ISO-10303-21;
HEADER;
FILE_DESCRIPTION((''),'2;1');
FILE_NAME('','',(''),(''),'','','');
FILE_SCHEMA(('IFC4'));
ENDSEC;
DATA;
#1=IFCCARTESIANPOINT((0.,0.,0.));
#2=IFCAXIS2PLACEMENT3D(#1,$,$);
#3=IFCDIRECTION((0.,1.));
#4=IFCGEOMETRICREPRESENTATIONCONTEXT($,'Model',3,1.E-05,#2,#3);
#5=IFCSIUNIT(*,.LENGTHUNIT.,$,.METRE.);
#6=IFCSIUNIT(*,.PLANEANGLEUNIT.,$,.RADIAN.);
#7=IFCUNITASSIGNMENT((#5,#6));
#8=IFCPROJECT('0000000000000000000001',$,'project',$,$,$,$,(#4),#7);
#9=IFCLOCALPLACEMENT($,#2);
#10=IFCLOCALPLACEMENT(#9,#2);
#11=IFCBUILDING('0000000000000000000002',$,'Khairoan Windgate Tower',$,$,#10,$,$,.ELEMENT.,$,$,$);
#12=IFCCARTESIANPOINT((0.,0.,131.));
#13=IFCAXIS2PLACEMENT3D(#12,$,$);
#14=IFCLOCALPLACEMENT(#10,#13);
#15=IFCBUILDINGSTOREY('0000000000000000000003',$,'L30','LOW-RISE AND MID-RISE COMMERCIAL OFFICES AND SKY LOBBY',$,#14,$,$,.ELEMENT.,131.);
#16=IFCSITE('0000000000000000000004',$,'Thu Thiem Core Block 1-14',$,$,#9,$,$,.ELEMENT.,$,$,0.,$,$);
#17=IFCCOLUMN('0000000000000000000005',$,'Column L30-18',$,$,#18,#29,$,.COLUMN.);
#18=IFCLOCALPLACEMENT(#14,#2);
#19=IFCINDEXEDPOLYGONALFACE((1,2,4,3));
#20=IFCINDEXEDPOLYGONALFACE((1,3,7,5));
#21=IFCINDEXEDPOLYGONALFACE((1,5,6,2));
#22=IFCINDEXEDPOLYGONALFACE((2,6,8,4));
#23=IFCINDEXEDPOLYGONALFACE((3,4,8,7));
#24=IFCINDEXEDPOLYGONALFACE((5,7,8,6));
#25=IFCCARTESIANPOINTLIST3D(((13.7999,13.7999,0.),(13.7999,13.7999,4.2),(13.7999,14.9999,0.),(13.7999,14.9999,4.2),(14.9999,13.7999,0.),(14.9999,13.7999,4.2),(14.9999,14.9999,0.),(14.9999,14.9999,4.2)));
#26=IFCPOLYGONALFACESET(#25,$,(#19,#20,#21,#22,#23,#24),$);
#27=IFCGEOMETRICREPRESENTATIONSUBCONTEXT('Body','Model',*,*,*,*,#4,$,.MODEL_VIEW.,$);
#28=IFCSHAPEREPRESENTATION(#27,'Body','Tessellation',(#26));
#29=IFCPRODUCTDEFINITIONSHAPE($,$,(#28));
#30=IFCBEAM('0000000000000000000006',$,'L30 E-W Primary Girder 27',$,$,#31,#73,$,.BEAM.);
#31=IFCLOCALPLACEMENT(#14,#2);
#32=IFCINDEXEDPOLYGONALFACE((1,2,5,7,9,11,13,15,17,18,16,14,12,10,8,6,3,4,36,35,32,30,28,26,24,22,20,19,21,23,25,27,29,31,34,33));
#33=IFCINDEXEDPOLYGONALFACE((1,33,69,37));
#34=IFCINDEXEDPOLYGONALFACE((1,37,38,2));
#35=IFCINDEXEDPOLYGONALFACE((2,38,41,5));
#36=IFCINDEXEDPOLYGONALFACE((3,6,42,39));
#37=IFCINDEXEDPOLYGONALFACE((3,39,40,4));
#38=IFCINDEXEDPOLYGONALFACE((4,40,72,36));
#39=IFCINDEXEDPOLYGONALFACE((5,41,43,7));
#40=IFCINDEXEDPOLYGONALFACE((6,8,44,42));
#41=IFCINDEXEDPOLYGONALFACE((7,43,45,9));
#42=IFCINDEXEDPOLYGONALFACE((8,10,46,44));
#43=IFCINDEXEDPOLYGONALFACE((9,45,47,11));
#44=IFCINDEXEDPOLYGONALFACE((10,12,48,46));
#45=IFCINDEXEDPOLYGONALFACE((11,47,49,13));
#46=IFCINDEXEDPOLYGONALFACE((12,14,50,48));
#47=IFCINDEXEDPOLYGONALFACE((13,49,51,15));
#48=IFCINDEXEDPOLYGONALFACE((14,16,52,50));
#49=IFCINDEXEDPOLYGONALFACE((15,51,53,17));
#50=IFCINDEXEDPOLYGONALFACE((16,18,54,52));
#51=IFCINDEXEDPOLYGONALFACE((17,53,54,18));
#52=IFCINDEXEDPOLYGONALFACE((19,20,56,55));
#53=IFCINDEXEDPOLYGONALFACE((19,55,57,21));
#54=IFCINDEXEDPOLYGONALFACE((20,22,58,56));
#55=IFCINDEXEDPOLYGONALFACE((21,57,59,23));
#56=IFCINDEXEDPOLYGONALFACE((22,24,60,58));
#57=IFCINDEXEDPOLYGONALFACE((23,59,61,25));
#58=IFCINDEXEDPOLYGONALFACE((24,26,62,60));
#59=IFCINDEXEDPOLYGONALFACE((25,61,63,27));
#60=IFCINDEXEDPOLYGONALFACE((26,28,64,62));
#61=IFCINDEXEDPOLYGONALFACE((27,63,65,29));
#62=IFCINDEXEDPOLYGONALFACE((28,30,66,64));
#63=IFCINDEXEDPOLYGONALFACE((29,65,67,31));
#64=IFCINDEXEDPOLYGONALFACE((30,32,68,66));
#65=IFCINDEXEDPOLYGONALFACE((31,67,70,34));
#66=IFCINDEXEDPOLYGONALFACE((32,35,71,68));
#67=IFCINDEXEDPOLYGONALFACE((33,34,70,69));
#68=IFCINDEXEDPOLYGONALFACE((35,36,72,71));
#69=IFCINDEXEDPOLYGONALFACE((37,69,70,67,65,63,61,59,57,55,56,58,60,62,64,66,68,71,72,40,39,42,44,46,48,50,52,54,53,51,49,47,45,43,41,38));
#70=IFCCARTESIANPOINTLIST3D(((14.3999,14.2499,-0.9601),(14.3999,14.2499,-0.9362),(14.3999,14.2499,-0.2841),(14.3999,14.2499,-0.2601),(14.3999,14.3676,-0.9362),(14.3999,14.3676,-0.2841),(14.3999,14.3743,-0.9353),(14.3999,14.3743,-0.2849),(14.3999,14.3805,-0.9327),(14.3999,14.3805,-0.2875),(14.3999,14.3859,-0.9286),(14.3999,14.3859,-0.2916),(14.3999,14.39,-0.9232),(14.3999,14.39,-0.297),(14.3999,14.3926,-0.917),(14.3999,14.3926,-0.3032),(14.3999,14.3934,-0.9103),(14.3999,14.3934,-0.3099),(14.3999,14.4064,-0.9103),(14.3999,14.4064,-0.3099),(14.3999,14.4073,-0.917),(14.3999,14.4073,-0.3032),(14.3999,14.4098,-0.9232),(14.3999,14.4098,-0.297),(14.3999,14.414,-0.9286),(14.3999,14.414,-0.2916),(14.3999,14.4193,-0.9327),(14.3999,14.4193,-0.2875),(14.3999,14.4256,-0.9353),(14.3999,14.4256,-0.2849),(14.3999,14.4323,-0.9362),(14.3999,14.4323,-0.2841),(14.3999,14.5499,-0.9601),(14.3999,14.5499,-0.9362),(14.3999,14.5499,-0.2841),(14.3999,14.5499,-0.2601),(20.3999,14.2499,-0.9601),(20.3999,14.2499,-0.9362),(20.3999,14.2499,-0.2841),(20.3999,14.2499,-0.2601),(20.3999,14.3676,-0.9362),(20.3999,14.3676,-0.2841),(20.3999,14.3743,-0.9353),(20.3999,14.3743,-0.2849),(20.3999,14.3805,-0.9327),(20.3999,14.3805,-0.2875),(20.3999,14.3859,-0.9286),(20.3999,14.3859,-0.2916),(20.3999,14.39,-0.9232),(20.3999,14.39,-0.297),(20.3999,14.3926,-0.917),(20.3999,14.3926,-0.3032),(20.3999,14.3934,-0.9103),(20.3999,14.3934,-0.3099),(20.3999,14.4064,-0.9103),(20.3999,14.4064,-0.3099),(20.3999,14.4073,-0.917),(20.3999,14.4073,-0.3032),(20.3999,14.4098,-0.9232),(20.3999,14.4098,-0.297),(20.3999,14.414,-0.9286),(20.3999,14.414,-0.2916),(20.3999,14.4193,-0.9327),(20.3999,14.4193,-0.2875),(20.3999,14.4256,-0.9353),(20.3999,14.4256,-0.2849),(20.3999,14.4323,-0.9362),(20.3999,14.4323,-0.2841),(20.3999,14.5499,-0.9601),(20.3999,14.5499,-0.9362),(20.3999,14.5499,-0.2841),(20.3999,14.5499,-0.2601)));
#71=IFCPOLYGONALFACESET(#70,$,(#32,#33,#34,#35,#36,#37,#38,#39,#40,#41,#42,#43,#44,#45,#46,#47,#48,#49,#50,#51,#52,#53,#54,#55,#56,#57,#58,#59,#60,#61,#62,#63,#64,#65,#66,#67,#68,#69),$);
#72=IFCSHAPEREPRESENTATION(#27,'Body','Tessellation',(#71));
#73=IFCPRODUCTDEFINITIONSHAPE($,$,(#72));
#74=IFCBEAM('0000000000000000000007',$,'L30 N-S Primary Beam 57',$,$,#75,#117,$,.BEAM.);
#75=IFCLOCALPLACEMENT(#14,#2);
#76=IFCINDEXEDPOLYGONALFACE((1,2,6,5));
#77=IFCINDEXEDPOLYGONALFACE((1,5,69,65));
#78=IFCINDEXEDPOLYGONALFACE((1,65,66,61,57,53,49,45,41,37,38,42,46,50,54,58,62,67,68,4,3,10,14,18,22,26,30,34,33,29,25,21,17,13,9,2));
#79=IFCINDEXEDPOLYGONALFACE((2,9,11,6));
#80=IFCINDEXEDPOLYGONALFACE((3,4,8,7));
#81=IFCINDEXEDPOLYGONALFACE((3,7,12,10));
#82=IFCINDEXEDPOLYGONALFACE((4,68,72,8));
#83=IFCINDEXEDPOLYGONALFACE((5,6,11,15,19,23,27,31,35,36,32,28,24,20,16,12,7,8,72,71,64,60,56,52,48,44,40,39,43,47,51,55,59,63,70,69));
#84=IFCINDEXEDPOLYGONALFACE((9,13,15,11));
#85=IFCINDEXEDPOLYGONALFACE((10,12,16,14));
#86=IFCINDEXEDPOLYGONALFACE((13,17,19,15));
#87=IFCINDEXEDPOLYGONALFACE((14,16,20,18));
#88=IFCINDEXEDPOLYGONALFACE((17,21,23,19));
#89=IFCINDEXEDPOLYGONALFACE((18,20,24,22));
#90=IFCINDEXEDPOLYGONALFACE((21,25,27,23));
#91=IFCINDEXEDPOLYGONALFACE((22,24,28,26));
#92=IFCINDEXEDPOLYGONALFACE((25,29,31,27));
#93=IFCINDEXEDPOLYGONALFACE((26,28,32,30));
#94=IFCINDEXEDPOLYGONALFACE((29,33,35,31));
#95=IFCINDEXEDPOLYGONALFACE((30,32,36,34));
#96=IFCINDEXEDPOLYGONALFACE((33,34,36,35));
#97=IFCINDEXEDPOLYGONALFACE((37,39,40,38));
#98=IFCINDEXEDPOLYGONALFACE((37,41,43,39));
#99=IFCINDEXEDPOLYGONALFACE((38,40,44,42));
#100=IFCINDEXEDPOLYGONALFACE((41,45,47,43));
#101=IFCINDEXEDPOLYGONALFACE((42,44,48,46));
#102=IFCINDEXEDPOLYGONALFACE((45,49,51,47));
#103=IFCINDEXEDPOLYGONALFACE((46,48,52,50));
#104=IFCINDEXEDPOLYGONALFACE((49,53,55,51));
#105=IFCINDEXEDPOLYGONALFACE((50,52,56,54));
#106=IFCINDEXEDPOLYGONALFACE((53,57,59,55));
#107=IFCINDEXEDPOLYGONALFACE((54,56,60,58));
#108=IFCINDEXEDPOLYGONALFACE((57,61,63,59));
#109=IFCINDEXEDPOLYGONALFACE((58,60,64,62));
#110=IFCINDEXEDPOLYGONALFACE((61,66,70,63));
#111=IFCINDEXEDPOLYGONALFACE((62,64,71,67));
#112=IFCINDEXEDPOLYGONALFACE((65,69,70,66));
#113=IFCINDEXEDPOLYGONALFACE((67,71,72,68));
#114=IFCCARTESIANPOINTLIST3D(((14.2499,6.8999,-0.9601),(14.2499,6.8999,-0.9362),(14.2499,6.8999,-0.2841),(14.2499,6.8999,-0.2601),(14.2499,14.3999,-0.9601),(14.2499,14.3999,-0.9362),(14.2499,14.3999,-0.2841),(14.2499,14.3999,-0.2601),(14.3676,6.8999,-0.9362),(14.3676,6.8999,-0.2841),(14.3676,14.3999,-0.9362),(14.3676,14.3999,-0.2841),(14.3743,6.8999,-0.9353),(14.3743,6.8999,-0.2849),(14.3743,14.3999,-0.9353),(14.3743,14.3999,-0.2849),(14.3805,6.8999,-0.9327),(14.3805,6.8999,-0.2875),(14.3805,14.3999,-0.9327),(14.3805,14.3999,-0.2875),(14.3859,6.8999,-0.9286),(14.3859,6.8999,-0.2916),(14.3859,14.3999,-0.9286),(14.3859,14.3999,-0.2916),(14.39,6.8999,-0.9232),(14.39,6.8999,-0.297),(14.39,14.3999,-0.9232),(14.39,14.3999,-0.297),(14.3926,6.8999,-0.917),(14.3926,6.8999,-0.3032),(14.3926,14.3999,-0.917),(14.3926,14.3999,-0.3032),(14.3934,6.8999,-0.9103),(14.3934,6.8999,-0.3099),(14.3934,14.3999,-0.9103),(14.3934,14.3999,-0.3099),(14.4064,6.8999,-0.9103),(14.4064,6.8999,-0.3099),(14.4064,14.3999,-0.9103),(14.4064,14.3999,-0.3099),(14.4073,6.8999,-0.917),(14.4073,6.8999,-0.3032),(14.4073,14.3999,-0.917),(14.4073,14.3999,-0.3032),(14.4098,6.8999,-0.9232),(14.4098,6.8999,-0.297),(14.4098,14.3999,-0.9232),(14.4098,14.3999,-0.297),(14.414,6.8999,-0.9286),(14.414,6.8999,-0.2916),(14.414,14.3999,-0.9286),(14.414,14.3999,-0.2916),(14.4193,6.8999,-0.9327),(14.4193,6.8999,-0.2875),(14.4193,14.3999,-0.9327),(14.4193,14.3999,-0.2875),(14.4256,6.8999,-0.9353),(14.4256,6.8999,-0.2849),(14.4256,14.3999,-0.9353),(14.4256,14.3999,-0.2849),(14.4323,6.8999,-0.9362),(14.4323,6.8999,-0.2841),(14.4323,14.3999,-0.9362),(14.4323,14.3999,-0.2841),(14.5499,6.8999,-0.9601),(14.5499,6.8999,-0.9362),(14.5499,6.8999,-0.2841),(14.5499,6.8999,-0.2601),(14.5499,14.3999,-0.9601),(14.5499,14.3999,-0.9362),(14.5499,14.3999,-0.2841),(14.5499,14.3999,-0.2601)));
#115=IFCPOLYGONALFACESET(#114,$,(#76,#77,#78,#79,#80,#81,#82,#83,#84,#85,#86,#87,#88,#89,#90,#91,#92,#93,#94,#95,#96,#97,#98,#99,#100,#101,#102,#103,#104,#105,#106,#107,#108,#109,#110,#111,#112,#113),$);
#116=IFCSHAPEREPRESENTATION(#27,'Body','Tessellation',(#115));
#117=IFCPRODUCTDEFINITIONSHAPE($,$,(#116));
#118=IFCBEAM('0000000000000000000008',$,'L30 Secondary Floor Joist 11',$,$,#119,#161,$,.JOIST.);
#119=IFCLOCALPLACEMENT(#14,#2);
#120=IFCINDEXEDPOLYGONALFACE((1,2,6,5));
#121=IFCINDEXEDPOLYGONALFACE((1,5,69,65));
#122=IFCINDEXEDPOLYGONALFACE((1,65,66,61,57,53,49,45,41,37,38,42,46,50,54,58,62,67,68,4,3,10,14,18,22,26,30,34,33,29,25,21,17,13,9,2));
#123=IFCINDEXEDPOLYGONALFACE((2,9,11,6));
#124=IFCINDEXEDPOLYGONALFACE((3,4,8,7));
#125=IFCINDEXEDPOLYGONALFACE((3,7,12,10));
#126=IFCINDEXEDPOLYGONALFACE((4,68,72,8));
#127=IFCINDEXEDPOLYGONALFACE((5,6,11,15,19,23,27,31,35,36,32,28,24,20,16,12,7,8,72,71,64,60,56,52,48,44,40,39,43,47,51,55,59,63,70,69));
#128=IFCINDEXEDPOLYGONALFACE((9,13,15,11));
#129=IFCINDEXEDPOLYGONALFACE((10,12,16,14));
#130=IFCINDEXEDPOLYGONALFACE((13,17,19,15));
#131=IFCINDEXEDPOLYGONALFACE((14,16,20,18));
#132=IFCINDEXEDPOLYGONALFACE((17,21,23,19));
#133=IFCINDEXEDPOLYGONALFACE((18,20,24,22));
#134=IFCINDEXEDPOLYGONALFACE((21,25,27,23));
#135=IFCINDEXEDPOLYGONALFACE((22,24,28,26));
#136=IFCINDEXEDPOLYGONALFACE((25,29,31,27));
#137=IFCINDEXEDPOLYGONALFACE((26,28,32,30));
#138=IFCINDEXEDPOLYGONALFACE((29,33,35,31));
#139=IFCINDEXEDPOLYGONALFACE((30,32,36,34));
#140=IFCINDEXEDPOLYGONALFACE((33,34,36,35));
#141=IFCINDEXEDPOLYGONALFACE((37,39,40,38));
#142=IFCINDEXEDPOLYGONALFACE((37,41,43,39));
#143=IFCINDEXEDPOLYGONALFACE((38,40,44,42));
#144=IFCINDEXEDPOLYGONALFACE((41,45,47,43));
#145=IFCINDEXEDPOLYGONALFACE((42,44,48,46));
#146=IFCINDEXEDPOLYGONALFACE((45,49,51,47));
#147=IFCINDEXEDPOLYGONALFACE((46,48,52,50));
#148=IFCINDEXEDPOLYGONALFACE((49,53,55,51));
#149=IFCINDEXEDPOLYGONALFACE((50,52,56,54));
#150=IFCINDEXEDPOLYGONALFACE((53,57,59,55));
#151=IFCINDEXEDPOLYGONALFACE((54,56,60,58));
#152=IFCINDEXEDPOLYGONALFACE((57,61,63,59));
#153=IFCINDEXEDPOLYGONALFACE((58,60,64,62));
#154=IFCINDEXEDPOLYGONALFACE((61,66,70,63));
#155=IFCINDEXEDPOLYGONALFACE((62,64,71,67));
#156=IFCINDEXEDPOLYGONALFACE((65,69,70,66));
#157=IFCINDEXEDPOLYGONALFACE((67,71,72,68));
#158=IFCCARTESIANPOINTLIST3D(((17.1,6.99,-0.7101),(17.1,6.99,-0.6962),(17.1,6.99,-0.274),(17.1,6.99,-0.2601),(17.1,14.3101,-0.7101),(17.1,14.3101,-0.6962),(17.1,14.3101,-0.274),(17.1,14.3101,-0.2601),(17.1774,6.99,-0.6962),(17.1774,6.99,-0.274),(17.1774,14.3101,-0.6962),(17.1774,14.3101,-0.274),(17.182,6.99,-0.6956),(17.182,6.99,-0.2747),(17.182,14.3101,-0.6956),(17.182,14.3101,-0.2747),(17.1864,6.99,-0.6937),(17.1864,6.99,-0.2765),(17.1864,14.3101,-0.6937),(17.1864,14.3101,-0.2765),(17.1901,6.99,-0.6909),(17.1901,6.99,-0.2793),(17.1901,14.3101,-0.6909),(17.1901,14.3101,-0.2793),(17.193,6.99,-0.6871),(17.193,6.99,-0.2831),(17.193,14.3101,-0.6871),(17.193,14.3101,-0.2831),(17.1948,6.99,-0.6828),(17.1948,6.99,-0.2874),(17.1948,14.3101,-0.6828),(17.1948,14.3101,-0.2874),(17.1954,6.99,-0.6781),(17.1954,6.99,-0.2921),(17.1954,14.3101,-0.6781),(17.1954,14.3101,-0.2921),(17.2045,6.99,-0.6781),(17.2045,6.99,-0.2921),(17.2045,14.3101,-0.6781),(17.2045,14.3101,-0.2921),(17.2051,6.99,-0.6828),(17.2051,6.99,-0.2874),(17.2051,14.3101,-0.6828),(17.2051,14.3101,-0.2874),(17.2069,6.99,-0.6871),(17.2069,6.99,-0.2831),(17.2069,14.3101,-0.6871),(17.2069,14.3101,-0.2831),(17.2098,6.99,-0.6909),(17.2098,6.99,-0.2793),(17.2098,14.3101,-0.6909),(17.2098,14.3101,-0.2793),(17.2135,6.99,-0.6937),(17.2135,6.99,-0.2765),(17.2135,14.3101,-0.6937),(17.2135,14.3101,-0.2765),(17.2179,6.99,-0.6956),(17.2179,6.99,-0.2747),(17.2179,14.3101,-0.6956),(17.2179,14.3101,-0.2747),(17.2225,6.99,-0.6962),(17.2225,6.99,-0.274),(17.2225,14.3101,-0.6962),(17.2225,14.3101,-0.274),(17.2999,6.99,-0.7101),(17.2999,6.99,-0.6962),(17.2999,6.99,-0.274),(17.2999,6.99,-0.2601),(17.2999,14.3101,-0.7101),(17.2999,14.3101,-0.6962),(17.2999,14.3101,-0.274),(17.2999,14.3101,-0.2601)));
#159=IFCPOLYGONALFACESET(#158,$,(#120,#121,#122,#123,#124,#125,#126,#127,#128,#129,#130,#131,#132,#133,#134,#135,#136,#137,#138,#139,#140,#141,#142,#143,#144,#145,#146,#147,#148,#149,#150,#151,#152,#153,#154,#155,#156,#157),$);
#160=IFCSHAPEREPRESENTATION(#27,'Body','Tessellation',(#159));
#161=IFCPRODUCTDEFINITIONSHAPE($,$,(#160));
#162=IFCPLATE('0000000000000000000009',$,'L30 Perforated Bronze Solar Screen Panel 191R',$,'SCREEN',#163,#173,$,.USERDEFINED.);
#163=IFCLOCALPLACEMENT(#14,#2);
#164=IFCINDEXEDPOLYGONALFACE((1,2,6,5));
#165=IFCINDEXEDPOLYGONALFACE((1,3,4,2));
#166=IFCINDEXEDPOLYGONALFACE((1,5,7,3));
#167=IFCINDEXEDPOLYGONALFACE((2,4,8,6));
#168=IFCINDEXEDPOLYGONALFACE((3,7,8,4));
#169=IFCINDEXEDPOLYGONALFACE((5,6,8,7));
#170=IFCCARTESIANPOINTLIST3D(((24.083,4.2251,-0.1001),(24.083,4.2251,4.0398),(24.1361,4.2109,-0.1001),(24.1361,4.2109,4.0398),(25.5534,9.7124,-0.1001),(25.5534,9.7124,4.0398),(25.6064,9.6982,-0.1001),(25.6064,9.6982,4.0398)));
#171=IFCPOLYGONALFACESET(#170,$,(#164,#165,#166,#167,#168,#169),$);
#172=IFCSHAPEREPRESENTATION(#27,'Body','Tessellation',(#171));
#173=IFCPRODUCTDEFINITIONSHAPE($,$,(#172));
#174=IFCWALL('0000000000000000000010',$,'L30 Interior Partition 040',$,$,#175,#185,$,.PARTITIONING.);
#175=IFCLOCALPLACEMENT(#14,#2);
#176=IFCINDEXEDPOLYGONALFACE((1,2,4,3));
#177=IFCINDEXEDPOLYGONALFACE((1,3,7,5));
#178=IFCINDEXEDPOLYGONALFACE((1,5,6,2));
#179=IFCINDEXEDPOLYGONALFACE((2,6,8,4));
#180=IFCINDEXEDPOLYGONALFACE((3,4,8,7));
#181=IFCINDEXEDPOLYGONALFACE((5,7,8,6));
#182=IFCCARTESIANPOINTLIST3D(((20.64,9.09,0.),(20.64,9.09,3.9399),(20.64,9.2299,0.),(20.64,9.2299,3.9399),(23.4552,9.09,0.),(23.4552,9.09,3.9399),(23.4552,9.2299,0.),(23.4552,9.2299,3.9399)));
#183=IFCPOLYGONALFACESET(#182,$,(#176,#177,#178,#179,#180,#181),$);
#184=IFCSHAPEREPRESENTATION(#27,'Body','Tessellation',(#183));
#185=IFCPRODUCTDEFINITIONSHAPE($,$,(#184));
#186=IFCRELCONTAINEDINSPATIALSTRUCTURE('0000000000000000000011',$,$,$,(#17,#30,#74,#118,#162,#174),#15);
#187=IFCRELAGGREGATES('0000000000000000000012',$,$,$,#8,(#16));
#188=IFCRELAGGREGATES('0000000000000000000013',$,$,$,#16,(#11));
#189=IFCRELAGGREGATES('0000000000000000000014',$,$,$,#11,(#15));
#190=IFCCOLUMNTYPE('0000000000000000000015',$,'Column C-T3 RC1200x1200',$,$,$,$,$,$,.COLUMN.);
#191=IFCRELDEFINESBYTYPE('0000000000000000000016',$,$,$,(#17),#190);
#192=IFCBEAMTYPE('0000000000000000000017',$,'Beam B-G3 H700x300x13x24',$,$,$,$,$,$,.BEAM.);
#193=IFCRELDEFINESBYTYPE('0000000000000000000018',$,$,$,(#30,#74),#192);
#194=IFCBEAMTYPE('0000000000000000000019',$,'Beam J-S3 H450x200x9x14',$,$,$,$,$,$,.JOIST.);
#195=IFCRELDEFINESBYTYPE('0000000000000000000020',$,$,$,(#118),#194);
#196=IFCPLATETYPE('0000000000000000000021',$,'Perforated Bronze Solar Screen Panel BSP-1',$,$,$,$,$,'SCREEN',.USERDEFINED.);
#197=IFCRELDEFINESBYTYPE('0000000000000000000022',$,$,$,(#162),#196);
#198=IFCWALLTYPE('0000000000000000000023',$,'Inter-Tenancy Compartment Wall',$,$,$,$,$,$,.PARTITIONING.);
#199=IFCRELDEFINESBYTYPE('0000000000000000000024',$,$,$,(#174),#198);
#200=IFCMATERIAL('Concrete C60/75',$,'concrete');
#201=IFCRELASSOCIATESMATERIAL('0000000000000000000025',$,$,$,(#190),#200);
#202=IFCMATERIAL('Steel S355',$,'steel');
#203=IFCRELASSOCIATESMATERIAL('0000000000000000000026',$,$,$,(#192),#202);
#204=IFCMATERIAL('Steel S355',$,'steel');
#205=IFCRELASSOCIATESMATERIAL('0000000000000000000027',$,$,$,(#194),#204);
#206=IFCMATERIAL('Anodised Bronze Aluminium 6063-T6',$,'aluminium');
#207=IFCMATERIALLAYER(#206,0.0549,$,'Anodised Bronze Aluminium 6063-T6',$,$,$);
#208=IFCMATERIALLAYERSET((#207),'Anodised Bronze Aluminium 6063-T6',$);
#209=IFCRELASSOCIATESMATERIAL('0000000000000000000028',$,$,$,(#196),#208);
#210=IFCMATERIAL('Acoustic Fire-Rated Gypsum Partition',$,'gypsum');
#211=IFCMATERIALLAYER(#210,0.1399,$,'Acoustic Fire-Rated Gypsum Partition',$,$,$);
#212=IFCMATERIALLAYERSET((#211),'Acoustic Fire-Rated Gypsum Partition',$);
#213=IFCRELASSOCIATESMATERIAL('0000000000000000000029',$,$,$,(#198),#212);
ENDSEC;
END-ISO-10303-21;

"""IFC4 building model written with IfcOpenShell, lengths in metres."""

from ifc_helpers import new_model, si_unit, direction, frame, frame_2d, origin, origin_2d, place, context, subcontext, project, spatial, rectangle, i_section, extrude, material, layer, layer_set, material_profile, profile_set, type_object, element, save


model = new_model("IFC4")

# Units and contexts
model_context = context("Model", 3, precision=1e-05, world=origin(), true_north=direction((0.0, 1.0)))
body_context = subcontext(model_context, "Body", "Model", "MODEL_VIEW")
ifc_project = project(units=[si_unit("LENGTHUNIT", "METRE"), si_unit("PLANEANGLEUNIT", "RADIAN")], contexts=[model_context])

# Site, building, storey
site_placement = place(None, origin())
site = spatial("IfcSite", under=ifc_project, at=site_placement, Name="Thu Thiem Core Block 1-14", CompositionType="ELEMENT", RefElevation=0.0)
building_placement = place(site_placement, origin())
building = spatial("IfcBuilding", under=site, at=building_placement, Name="Khairoan Windgate Tower", CompositionType="ELEMENT")
storey_placement = place(building_placement, frame((0.0, 0.0, 131.0)))
storey = spatial("IfcBuildingStorey", under=building, at=storey_placement, Name="L30", Description="LOW-RISE AND MID-RISE COMMERCIAL OFFICES AND SKY LOBBY", CompositionType="ELEMENT", Elevation=131.0)

# Column
ifc_material_1 = material(Name="Concrete C60/75", Category="concrete")
ifc_material_profile_1 = material_profile(ifc_material_1, rectangle(XDim=1.2, YDim=1.2, at=origin_2d()))
ifc_profile_set_1 = profile_set([ifc_material_profile_1], Name="Concrete C60/75")
column_type = type_object("IfcColumnType", Name="Column C-T3 RC1200x1200", PredefinedType="COLUMN", material=ifc_profile_set_1)
column_placement = place(storey_placement, frame((14.3999, 14.3999, 0.0), z_axis=(0.0, 0.0, 1.0), x_axis=(1.0, 0.0, 0.0)))
element("IfcColumn", 1, at=column_placement, inside=storey, type_object=column_type, Name="Column L30-18", PredefinedType="COLUMN", context=body_context, shape_type="SweptSolid", body=[
    extrude(rectangle(XDim=1.2, YDim=1.2, at=origin_2d()), origin(), (0.0, 0.0, 1.0), 4.2),
])

# Beams
ifc_material_2 = material(Name="Steel S355", Category="steel")
ifc_material_profile_2 = material_profile(ifc_material_2, i_section(OverallWidth=0.3, OverallDepth=0.7, WebThickness=0.0129, FlangeThickness=0.0239, FilletRadius=0.0259, at=origin_2d()))
ifc_profile_set_2 = profile_set([ifc_material_profile_2], Name="Steel S355")
beam_type_1 = type_object("IfcBeamType", Name="Beam B-G3 H700x300x13x24", PredefinedType="BEAM", material=ifc_profile_set_2)
beam_1_placement = place(storey_placement, frame((14.3999, 14.3999, -0.6101), z_axis=(1.0, 0.0, 0.0), x_axis=(0.0, 1.0, 0.0)))
element("IfcBeam", 2, at=beam_1_placement, inside=storey, type_object=beam_type_1, Name="L30 E-W Primary Girder 27", PredefinedType="BEAM", context=body_context, shape_type="SweptSolid", body=[
    extrude(i_section(OverallWidth=0.3, OverallDepth=0.7, WebThickness=0.0129, FlangeThickness=0.0239, FilletRadius=0.0259, at=origin_2d()), origin(), (0.0, 0.0, 1.0), 6.0),
])
beam_2_placement = place(storey_placement, frame((14.3999, 6.8999, -0.6101), z_axis=(0.0, 1.0, 0.0), x_axis=(-1.0, 0.0, 0.0)))
element("IfcBeam", 3, at=beam_2_placement, inside=storey, type_object=beam_type_1, Name="L30 N-S Primary Beam 57", PredefinedType="BEAM", context=body_context, shape_type="SweptSolid", body=[
    extrude(i_section(OverallWidth=0.3, OverallDepth=0.7, WebThickness=0.0129, FlangeThickness=0.0239, FilletRadius=0.0259, at=origin_2d()), origin(), (0.0, 0.0, 1.0), 7.5),
])
ifc_material_3 = material(Name="Steel S355", Category="steel")
ifc_material_profile_3 = material_profile(ifc_material_3, i_section(OverallWidth=0.2, OverallDepth=0.45, WebThickness=0.009, FlangeThickness=0.0139, FilletRadius=0.0181, at=origin_2d()))
ifc_profile_set_3 = profile_set([ifc_material_profile_3], Name="Steel S355")
beam_type_2 = type_object("IfcBeamType", Name="Beam J-S3 H450x200x9x14", PredefinedType="JOIST", material=ifc_profile_set_3)
beam_3_placement = place(storey_placement, frame((17.2, 6.99, -0.4851), z_axis=(0.0, 1.0, 0.0), x_axis=(-1.0, 0.0, 0.0)))
element("IfcBeam", 4, at=beam_3_placement, inside=storey, type_object=beam_type_2, Name="L30 Secondary Floor Joist 11", PredefinedType="JOIST", context=body_context, shape_type="SweptSolid", body=[
    extrude(i_section(OverallWidth=0.2, OverallDepth=0.45, WebThickness=0.009, FlangeThickness=0.0139, FilletRadius=0.0181, at=origin_2d()), origin(), (0.0, 0.0, 1.0), 7.3201),
])

# Plate
ifc_material_4 = material(Name="Anodised Bronze Aluminium 6063-T6", Category="aluminium")
ifc_layer_1 = layer(ifc_material_4, 0.0549, Name="Anodised Bronze Aluminium 6063-T6")
ifc_layer_set_1 = layer_set([ifc_layer_1], Name="Anodised Bronze Aluminium 6063-T6")
plate_type = type_object("IfcPlateType", Name="Perforated Bronze Solar Screen Panel BSP-1", ElementType="SCREEN", PredefinedType="USERDEFINED", material=ifc_layer_set_1)
plate_placement = place(storey_placement, frame((24.8447, 6.9617, -0.1001), z_axis=(0.0, 0.0, 1.0), x_axis=(-0.258819, -0.965926, 0.0)))
element("IfcPlate", 5, at=plate_placement, inside=storey, type_object=plate_type, Name="L30 Perforated Bronze Solar Screen Panel 191R", ObjectType="SCREEN", PredefinedType="USERDEFINED", context=body_context, shape_type="SweptSolid", body=[
    extrude(rectangle(XDim=5.6809, YDim=0.0549, at=origin_2d()), origin(), (0.0, 0.0, 1.0), 4.1399),
])

# Wall
ifc_material_5 = material(Name="Acoustic Fire-Rated Gypsum Partition", Category="gypsum")
ifc_layer_2 = layer(ifc_material_5, 0.1399, Name="Acoustic Fire-Rated Gypsum Partition")
ifc_layer_set_2 = layer_set([ifc_layer_2], Name="Acoustic Fire-Rated Gypsum Partition")
wall_type_1 = type_object("IfcWallType", Name="Inter-Tenancy Compartment Wall", PredefinedType="PARTITIONING", material=ifc_layer_set_2)
wall_1_placement = place(storey_placement, frame((20.6399, 9.1599, 0.0), z_axis=(0.0, 0.0, 1.0), x_axis=(1.0, 0.0, 0.0)))
element("IfcWall", 6, at=wall_1_placement, inside=storey, type_object=wall_type_1, Name="L30 Interior Partition 040", PredefinedType="PARTITIONING", context=body_context, shape_type="SweptSolid", body=[
    extrude(rectangle(XDim=2.8152, YDim=0.1399, at=frame_2d((1.4077, 0.0))), origin(), (0.0, 0.0, 1.0), 3.9399),
])

save(model, "model.ifc")
